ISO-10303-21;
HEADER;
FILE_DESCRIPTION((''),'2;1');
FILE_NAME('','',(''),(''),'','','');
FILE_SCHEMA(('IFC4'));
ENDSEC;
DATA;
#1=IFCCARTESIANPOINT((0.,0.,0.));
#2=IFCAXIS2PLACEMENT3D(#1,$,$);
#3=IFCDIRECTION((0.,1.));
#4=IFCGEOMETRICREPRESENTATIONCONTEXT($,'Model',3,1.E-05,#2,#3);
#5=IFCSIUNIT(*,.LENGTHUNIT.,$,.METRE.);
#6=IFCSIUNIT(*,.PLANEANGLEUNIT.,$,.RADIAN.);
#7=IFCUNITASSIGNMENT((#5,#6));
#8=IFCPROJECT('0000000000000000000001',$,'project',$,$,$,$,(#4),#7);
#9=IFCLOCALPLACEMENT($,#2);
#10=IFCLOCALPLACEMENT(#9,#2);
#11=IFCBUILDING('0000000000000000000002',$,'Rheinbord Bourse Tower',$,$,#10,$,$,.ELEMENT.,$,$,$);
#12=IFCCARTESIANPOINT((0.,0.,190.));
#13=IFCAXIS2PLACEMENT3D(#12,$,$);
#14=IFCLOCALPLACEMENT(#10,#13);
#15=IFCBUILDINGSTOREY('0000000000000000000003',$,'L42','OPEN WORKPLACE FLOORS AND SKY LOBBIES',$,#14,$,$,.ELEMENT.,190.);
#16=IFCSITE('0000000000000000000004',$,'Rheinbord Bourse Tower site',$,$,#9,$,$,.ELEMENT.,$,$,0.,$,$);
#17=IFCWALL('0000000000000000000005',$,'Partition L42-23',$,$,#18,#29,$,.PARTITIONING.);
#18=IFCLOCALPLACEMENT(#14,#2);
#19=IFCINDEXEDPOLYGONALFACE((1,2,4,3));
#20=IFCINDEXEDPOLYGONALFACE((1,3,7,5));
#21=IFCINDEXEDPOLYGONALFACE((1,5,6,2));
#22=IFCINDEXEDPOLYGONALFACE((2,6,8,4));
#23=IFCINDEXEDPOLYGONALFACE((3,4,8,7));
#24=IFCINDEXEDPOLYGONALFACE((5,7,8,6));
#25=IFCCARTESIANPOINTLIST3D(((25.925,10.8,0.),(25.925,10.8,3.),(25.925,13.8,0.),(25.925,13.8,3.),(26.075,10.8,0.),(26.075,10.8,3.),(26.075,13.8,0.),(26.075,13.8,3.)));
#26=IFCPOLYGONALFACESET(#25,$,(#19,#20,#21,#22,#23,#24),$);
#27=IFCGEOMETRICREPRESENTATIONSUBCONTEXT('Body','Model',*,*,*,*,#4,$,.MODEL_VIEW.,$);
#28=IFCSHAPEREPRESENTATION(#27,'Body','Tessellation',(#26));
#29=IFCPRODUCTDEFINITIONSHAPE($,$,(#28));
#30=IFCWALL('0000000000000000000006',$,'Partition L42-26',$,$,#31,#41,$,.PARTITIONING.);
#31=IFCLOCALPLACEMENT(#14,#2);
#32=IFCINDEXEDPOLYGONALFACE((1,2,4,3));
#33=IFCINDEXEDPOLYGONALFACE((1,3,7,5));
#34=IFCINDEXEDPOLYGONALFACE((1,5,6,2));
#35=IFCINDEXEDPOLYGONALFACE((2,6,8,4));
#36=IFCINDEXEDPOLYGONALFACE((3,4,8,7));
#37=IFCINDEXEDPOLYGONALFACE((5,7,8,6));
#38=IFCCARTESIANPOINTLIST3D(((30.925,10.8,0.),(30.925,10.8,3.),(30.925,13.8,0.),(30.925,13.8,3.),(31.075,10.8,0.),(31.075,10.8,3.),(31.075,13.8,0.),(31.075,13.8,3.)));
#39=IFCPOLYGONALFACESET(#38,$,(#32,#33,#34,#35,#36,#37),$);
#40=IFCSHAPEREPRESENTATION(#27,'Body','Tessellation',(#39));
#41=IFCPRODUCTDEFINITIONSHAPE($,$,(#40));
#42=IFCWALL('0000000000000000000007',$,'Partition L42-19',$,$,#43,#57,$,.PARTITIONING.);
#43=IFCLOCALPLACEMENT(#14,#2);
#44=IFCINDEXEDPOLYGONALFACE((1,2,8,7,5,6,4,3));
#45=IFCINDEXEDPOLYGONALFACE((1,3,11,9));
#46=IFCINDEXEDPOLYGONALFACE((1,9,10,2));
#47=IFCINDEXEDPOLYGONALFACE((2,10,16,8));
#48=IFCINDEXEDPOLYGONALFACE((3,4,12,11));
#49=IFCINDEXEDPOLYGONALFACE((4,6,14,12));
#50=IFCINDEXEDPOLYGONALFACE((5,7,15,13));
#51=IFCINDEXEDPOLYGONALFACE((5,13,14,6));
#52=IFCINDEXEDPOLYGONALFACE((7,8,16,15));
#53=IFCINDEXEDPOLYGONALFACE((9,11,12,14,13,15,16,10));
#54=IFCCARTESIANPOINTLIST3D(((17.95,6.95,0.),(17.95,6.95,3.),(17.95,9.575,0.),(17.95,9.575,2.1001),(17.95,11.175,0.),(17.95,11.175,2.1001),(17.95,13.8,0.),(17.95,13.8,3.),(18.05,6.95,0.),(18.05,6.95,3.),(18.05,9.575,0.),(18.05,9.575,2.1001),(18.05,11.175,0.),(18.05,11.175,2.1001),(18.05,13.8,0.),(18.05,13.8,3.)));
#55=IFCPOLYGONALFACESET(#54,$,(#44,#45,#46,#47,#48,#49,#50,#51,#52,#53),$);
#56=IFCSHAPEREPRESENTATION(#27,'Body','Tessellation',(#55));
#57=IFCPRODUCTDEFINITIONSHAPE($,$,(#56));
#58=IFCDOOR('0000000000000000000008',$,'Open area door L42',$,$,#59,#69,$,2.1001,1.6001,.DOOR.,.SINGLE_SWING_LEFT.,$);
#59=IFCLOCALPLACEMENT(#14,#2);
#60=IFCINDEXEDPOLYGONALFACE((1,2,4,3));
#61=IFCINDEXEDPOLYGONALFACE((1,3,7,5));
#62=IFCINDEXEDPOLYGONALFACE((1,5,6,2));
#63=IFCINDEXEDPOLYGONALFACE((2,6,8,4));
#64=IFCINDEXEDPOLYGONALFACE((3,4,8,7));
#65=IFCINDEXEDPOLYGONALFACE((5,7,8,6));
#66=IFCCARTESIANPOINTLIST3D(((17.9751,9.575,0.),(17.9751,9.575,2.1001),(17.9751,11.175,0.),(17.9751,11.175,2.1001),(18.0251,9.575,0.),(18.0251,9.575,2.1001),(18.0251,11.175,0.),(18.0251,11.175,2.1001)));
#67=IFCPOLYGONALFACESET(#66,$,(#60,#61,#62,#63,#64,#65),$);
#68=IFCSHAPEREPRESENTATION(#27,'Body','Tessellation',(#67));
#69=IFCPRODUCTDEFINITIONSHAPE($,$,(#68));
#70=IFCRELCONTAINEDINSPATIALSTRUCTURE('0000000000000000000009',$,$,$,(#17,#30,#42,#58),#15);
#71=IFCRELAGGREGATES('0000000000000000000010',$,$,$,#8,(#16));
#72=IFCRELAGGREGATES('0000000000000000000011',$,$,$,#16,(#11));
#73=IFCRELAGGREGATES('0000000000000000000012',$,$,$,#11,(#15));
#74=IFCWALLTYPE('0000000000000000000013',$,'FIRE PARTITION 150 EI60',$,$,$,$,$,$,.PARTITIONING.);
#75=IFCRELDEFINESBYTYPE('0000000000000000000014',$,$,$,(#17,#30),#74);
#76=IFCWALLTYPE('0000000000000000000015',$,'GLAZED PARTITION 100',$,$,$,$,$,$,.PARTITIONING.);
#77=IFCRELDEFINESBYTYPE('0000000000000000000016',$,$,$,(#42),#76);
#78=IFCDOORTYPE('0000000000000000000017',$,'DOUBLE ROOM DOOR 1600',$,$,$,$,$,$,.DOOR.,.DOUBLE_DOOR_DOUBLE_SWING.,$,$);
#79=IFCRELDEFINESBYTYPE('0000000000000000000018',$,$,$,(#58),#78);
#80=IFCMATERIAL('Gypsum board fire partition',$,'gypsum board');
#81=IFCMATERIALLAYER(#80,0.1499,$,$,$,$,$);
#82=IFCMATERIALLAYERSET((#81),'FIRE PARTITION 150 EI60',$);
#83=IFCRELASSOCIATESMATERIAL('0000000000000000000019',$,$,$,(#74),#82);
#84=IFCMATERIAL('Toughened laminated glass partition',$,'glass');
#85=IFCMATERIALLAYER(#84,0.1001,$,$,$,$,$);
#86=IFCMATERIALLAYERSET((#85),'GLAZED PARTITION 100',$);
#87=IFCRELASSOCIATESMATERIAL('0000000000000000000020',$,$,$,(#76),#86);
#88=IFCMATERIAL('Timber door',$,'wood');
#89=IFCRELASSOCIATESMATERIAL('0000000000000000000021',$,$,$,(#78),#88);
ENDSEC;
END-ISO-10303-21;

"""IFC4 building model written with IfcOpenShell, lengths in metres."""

from ifc_helpers import new_model, si_unit, direction, frame, frame_2d, origin, place, context, subcontext, project, spatial, rectangle, extrude, material, layer, layer_set, type_object, element, fill, save


model = new_model("IFC4")

# Units and contexts
model_context = context("Model", 3, precision=1e-05, world=origin(), true_north=direction((0.0, 1.0)))
body_context = subcontext(model_context, "Body", "Model", "MODEL_VIEW")
ifc_project = project(units=[si_unit("LENGTHUNIT", "METRE"), si_unit("PLANEANGLEUNIT", "RADIAN")], contexts=[model_context])

# Site, building, storey
site_placement = place(None, origin())
site = spatial("IfcSite", under=ifc_project, at=site_placement, Name="Rheinbord Bourse Tower site", CompositionType="ELEMENT", RefElevation=0.0)
building_placement = place(site_placement, origin())
building = spatial("IfcBuilding", under=site, at=building_placement, Name="Rheinbord Bourse Tower", CompositionType="ELEMENT")
storey_placement = place(building_placement, frame((0.0, 0.0, 190.0)))
storey = spatial("IfcBuildingStorey", under=building, at=storey_placement, Name="L42", Description="OPEN WORKPLACE FLOORS AND SKY LOBBIES", CompositionType="ELEMENT", Elevation=190.0)

# Shared definitions
ifc_material_1 = material(Name="Gypsum board fire partition", Category="gypsum board")
ifc_layer_1 = layer(ifc_material_1, 0.1499)
ifc_layer_set_1 = layer_set([ifc_layer_1], Name="FIRE PARTITION 150 EI60")
wall_type_1 = type_object("IfcWallType", Name="FIRE PARTITION 150 EI60", PredefinedType="PARTITIONING", material=ifc_layer_set_1)

# Walls
for number, where, z_axis, x_axis, name in (
    (1, (26.0, 10.8, 0.0), (0.0, 0.0, 1.0), (0.0, 1.0, 0.0), "Partition L42-23"),
    (2, (31.0, 10.8, 0.0), (0.0, 0.0, 1.0), (0.0, 1.0, 0.0), "Partition L42-26"),
):
    element("IfcWall", number, at=place(storey_placement, frame(where, z_axis=z_axis, x_axis=x_axis)), inside=storey, type_object=wall_type_1, Name=name, PredefinedType="PARTITIONING", context=body_context, shape_type="SweptSolid", body=[
        extrude(rectangle(XDim=3.0, YDim=0.1499, at=frame_2d((1.5, 0.0))), origin(), (0.0, 0.0, 1.0), 3.0),
    ])

# Wall, opening, door
ifc_material_2 = material(Name="Toughened laminated glass partition", Category="glass")
ifc_layer_2 = layer(ifc_material_2, 0.1001)
ifc_layer_set_2 = layer_set([ifc_layer_2], Name="GLAZED PARTITION 100")
wall_type_2 = type_object("IfcWallType", Name="GLAZED PARTITION 100", PredefinedType="PARTITIONING", material=ifc_layer_set_2)
wall_1_placement = place(storey_placement, frame((18.0, 6.95, 0.0), z_axis=(0.0, 0.0, 1.0), x_axis=(0.0, 1.0, 0.0)))
wall_1 = element("IfcWall", 3, at=wall_1_placement, inside=storey, type_object=wall_type_2, Name="Partition L42-19", PredefinedType="PARTITIONING", context=body_context, shape_type="SweptSolid", body=[
    extrude(rectangle(XDim=6.8501, YDim=0.1001, at=frame_2d((3.425, 0.0))), origin(), (0.0, 0.0, 1.0), 3.0),
])
opening_1_placement = place(wall_1_placement, frame((2.625, 0.0, 0.0)))
opening_1 = element("IfcOpeningElement", 4, at=opening_1_placement, cuts=wall_1, PredefinedType="OPENING", context=body_context, shape_type="SweptSolid", body=[
    extrude(rectangle(XDim=1.6001, YDim=2.1001, at=frame_2d((0.8, 1.05))), frame((0.0, 0.0601, 0.0), z_axis=(0.0, -1.0, 0.0), x_axis=(1.0, 0.0, 0.0)), (0.0, 0.0, 1.0), 0.1201),
])
ifc_material_3 = material(Name="Timber door", Category="wood")
door_type_1 = type_object("IfcDoorType", Name="DOUBLE ROOM DOOR 1600", OperationType="DOUBLE_DOOR_DOUBLE_SWING", PredefinedType="DOOR", material=ifc_material_3)
door_1_placement = place(opening_1_placement, origin())
door_1 = element("IfcDoor", 5, at=door_1_placement, inside=storey, type_object=door_type_1, Name="Open area door L42", OperationType="SINGLE_SWING_LEFT", OverallHeight=2.1001, OverallWidth=1.6001, PredefinedType="DOOR", context=body_context, shape_type="SweptSolid", body=[
    extrude(rectangle(XDim=1.6001, YDim=2.1001, at=frame_2d((0.8, 1.05))), frame((0.0, 0.0249, 0.0), z_axis=(0.0, -1.0, 0.0), x_axis=(1.0, 0.0, 0.0)), (0.0, 0.0, 1.0), 0.05),
])
fill(opening_1, door_1)

save(model, "model.ifc")
